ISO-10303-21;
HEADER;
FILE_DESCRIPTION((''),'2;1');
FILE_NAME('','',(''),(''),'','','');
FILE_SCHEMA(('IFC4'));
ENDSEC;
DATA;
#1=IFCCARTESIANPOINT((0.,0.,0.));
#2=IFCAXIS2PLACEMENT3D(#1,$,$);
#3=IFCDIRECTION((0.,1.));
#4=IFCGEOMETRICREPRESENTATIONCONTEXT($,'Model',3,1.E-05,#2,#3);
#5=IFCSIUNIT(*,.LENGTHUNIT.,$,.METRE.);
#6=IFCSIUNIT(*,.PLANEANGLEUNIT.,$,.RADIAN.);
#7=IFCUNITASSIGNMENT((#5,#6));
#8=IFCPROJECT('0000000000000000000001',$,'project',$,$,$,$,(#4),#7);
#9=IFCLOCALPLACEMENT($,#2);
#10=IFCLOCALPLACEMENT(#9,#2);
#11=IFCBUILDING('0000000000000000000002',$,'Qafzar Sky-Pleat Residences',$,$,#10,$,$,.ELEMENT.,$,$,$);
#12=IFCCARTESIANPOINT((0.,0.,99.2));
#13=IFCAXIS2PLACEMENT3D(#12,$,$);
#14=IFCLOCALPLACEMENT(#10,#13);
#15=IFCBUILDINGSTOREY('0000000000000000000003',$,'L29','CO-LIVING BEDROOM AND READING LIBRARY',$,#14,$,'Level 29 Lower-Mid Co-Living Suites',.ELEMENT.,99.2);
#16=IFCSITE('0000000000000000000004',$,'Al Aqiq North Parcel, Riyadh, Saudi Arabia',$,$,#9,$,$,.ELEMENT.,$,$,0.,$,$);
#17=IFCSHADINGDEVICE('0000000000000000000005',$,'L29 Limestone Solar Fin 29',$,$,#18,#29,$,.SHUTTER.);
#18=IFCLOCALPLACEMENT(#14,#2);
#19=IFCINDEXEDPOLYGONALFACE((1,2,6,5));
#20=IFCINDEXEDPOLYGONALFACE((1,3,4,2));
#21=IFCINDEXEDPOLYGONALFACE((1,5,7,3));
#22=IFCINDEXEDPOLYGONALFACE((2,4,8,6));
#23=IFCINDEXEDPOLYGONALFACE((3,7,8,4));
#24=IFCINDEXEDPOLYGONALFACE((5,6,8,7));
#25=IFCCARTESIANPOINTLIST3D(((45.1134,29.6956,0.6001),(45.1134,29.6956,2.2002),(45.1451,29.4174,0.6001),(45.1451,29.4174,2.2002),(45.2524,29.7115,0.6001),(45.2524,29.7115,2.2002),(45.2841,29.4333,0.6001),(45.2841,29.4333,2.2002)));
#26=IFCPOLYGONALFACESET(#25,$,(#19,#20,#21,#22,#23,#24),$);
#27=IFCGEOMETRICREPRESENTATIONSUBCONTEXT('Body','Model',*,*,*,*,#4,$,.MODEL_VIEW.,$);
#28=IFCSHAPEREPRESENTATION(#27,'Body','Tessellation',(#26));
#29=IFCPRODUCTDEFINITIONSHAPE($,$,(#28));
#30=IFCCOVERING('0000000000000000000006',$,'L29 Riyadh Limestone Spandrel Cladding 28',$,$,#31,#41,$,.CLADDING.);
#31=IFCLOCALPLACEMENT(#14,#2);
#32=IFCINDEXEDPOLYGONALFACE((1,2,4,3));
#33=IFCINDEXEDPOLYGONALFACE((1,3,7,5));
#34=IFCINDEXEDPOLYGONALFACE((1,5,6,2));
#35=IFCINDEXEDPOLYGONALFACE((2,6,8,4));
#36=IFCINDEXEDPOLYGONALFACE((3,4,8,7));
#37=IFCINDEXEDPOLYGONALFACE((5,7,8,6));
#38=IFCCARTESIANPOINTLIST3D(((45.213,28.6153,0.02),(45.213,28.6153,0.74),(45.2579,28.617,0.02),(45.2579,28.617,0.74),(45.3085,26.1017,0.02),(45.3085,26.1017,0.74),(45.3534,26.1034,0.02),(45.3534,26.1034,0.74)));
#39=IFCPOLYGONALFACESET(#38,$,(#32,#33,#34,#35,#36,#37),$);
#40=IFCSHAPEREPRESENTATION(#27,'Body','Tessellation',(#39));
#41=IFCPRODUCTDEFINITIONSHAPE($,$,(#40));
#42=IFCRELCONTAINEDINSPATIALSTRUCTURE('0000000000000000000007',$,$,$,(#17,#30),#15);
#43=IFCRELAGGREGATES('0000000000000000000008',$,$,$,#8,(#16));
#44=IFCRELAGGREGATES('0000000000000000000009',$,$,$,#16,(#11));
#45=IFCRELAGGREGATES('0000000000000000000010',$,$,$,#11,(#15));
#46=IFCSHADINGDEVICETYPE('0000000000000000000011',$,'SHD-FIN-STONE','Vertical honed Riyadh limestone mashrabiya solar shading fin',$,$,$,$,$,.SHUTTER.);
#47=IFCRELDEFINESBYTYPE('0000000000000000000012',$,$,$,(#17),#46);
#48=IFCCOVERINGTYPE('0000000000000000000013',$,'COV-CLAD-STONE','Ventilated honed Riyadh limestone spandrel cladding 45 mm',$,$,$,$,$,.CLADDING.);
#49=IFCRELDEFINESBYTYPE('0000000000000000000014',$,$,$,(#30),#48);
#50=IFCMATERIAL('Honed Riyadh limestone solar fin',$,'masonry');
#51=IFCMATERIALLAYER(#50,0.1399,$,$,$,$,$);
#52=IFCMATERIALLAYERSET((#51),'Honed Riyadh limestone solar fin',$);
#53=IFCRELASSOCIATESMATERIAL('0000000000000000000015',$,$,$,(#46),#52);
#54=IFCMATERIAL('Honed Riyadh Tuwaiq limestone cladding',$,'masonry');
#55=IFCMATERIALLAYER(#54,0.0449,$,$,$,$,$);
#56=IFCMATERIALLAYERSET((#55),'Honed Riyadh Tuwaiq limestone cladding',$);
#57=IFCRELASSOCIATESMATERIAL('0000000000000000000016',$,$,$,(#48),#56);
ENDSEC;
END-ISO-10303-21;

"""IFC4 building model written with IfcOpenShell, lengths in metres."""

from ifc_helpers import new_model, si_unit, direction, frame, origin, origin_2d, place, context, subcontext, project, spatial, rectangle, extrude, source, transform, mapped, material, layer, layer_set, type_object, element, save


model = new_model("IFC4")

# Units and contexts
model_context = context("Model", 3, precision=1e-05, world=origin(), true_north=direction((0.0, 1.0)))
body_context = subcontext(model_context, "Body", "Model", "MODEL_VIEW")
ifc_project = project(units=[si_unit("LENGTHUNIT", "METRE"), si_unit("PLANEANGLEUNIT", "RADIAN")], contexts=[model_context])

# Site, building, storey
site_placement = place(None, origin())
site = spatial("IfcSite", under=ifc_project, at=site_placement, Name="Al Aqiq North Parcel, Riyadh, Saudi Arabia", CompositionType="ELEMENT", RefElevation=0.0)
building_placement = place(site_placement, origin())
building = spatial("IfcBuilding", under=site, at=building_placement, Name="Qafzar Sky-Pleat Residences", CompositionType="ELEMENT")
storey_placement = place(building_placement, frame((0.0, 0.0, 99.2)))
storey = spatial("IfcBuildingStorey", under=building, at=storey_placement, Name="L29", Description="CO-LIVING BEDROOM AND READING LIBRARY", LongName="Level 29 Lower-Mid Co-Living Suites", CompositionType="ELEMENT", Elevation=99.2)

# Shading device
ifc_material_1 = material(Name="Honed Riyadh limestone solar fin", Category="masonry")
ifc_layer_1 = layer(ifc_material_1, 0.1399)
ifc_layer_set_1 = layer_set([ifc_layer_1], Name="Honed Riyadh limestone solar fin")
shading_device_type = type_object("IfcShadingDeviceType", Name="SHD-FIN-STONE", Description="Vertical honed Riyadh limestone mashrabiya solar shading fin", PredefinedType="SHUTTER", material=ifc_layer_set_1)
shared_shape_1 = source(origin(), body_context, "Body", "SweptSolid", [
    extrude(rectangle(XDim=0.1399, YDim=0.28, at=origin_2d()), origin(), (0.0, 0.0, 1.0), 1.6001),
])
shading_device_placement = place(storey_placement, frame((45.1987, 29.5645, 0.6001), z_axis=(0.0, 0.0, 1.0), x_axis=(0.993566, 0.113252, 0.0)))
element("IfcShadingDevice", 1, at=shading_device_placement, inside=storey, type_object=shading_device_type, Name="L29 Limestone Solar Fin 29", PredefinedType="SHUTTER", context=body_context, shape_type="MappedRepresentation", body=[
    mapped(shared_shape_1, transform((0.0, 0.0, 0.0), x_axis=(1.0, 0.0, 0.0), y_axis=(0.0, 1.0, 0.0), z_axis=(0.0, 0.0, 1.0), scale=1.0)),
])

# Covering
ifc_material_2 = material(Name="Honed Riyadh Tuwaiq limestone cladding", Category="masonry")
ifc_layer_2 = layer(ifc_material_2, 0.0449)
ifc_layer_set_2 = layer_set([ifc_layer_2], Name="Honed Riyadh Tuwaiq limestone cladding")
covering_type = type_object("IfcCoveringType", Name="COV-CLAD-STONE", Description="Ventilated honed Riyadh limestone spandrel cladding 45 mm", PredefinedType="CLADDING", material=ifc_layer_set_2)
shared_shape_2 = source(origin(), body_context, "Body", "SweptSolid", [
    extrude(rectangle(XDim=2.5154, YDim=0.0449, at=origin_2d()), origin(), (0.0, 0.0, 1.0), 0.72),
])
covering_placement = place(storey_placement, frame((45.2832, 27.3594, 0.02), z_axis=(0.0, 0.0, 1.0), x_axis=(-0.037963, 0.999279, 0.0)))
element("IfcCovering", 2, at=covering_placement, inside=storey, type_object=covering_type, Name="L29 Riyadh Limestone Spandrel Cladding 28", PredefinedType="CLADDING", context=body_context, shape_type="MappedRepresentation", body=[
    mapped(shared_shape_2, transform((0.0, 0.0, 0.0), x_axis=(1.0, 0.0, 0.0), y_axis=(0.0, 1.0, 0.0), z_axis=(0.0, 0.0, 1.0), scale=1.0)),
])

save(model, "model.ifc")
